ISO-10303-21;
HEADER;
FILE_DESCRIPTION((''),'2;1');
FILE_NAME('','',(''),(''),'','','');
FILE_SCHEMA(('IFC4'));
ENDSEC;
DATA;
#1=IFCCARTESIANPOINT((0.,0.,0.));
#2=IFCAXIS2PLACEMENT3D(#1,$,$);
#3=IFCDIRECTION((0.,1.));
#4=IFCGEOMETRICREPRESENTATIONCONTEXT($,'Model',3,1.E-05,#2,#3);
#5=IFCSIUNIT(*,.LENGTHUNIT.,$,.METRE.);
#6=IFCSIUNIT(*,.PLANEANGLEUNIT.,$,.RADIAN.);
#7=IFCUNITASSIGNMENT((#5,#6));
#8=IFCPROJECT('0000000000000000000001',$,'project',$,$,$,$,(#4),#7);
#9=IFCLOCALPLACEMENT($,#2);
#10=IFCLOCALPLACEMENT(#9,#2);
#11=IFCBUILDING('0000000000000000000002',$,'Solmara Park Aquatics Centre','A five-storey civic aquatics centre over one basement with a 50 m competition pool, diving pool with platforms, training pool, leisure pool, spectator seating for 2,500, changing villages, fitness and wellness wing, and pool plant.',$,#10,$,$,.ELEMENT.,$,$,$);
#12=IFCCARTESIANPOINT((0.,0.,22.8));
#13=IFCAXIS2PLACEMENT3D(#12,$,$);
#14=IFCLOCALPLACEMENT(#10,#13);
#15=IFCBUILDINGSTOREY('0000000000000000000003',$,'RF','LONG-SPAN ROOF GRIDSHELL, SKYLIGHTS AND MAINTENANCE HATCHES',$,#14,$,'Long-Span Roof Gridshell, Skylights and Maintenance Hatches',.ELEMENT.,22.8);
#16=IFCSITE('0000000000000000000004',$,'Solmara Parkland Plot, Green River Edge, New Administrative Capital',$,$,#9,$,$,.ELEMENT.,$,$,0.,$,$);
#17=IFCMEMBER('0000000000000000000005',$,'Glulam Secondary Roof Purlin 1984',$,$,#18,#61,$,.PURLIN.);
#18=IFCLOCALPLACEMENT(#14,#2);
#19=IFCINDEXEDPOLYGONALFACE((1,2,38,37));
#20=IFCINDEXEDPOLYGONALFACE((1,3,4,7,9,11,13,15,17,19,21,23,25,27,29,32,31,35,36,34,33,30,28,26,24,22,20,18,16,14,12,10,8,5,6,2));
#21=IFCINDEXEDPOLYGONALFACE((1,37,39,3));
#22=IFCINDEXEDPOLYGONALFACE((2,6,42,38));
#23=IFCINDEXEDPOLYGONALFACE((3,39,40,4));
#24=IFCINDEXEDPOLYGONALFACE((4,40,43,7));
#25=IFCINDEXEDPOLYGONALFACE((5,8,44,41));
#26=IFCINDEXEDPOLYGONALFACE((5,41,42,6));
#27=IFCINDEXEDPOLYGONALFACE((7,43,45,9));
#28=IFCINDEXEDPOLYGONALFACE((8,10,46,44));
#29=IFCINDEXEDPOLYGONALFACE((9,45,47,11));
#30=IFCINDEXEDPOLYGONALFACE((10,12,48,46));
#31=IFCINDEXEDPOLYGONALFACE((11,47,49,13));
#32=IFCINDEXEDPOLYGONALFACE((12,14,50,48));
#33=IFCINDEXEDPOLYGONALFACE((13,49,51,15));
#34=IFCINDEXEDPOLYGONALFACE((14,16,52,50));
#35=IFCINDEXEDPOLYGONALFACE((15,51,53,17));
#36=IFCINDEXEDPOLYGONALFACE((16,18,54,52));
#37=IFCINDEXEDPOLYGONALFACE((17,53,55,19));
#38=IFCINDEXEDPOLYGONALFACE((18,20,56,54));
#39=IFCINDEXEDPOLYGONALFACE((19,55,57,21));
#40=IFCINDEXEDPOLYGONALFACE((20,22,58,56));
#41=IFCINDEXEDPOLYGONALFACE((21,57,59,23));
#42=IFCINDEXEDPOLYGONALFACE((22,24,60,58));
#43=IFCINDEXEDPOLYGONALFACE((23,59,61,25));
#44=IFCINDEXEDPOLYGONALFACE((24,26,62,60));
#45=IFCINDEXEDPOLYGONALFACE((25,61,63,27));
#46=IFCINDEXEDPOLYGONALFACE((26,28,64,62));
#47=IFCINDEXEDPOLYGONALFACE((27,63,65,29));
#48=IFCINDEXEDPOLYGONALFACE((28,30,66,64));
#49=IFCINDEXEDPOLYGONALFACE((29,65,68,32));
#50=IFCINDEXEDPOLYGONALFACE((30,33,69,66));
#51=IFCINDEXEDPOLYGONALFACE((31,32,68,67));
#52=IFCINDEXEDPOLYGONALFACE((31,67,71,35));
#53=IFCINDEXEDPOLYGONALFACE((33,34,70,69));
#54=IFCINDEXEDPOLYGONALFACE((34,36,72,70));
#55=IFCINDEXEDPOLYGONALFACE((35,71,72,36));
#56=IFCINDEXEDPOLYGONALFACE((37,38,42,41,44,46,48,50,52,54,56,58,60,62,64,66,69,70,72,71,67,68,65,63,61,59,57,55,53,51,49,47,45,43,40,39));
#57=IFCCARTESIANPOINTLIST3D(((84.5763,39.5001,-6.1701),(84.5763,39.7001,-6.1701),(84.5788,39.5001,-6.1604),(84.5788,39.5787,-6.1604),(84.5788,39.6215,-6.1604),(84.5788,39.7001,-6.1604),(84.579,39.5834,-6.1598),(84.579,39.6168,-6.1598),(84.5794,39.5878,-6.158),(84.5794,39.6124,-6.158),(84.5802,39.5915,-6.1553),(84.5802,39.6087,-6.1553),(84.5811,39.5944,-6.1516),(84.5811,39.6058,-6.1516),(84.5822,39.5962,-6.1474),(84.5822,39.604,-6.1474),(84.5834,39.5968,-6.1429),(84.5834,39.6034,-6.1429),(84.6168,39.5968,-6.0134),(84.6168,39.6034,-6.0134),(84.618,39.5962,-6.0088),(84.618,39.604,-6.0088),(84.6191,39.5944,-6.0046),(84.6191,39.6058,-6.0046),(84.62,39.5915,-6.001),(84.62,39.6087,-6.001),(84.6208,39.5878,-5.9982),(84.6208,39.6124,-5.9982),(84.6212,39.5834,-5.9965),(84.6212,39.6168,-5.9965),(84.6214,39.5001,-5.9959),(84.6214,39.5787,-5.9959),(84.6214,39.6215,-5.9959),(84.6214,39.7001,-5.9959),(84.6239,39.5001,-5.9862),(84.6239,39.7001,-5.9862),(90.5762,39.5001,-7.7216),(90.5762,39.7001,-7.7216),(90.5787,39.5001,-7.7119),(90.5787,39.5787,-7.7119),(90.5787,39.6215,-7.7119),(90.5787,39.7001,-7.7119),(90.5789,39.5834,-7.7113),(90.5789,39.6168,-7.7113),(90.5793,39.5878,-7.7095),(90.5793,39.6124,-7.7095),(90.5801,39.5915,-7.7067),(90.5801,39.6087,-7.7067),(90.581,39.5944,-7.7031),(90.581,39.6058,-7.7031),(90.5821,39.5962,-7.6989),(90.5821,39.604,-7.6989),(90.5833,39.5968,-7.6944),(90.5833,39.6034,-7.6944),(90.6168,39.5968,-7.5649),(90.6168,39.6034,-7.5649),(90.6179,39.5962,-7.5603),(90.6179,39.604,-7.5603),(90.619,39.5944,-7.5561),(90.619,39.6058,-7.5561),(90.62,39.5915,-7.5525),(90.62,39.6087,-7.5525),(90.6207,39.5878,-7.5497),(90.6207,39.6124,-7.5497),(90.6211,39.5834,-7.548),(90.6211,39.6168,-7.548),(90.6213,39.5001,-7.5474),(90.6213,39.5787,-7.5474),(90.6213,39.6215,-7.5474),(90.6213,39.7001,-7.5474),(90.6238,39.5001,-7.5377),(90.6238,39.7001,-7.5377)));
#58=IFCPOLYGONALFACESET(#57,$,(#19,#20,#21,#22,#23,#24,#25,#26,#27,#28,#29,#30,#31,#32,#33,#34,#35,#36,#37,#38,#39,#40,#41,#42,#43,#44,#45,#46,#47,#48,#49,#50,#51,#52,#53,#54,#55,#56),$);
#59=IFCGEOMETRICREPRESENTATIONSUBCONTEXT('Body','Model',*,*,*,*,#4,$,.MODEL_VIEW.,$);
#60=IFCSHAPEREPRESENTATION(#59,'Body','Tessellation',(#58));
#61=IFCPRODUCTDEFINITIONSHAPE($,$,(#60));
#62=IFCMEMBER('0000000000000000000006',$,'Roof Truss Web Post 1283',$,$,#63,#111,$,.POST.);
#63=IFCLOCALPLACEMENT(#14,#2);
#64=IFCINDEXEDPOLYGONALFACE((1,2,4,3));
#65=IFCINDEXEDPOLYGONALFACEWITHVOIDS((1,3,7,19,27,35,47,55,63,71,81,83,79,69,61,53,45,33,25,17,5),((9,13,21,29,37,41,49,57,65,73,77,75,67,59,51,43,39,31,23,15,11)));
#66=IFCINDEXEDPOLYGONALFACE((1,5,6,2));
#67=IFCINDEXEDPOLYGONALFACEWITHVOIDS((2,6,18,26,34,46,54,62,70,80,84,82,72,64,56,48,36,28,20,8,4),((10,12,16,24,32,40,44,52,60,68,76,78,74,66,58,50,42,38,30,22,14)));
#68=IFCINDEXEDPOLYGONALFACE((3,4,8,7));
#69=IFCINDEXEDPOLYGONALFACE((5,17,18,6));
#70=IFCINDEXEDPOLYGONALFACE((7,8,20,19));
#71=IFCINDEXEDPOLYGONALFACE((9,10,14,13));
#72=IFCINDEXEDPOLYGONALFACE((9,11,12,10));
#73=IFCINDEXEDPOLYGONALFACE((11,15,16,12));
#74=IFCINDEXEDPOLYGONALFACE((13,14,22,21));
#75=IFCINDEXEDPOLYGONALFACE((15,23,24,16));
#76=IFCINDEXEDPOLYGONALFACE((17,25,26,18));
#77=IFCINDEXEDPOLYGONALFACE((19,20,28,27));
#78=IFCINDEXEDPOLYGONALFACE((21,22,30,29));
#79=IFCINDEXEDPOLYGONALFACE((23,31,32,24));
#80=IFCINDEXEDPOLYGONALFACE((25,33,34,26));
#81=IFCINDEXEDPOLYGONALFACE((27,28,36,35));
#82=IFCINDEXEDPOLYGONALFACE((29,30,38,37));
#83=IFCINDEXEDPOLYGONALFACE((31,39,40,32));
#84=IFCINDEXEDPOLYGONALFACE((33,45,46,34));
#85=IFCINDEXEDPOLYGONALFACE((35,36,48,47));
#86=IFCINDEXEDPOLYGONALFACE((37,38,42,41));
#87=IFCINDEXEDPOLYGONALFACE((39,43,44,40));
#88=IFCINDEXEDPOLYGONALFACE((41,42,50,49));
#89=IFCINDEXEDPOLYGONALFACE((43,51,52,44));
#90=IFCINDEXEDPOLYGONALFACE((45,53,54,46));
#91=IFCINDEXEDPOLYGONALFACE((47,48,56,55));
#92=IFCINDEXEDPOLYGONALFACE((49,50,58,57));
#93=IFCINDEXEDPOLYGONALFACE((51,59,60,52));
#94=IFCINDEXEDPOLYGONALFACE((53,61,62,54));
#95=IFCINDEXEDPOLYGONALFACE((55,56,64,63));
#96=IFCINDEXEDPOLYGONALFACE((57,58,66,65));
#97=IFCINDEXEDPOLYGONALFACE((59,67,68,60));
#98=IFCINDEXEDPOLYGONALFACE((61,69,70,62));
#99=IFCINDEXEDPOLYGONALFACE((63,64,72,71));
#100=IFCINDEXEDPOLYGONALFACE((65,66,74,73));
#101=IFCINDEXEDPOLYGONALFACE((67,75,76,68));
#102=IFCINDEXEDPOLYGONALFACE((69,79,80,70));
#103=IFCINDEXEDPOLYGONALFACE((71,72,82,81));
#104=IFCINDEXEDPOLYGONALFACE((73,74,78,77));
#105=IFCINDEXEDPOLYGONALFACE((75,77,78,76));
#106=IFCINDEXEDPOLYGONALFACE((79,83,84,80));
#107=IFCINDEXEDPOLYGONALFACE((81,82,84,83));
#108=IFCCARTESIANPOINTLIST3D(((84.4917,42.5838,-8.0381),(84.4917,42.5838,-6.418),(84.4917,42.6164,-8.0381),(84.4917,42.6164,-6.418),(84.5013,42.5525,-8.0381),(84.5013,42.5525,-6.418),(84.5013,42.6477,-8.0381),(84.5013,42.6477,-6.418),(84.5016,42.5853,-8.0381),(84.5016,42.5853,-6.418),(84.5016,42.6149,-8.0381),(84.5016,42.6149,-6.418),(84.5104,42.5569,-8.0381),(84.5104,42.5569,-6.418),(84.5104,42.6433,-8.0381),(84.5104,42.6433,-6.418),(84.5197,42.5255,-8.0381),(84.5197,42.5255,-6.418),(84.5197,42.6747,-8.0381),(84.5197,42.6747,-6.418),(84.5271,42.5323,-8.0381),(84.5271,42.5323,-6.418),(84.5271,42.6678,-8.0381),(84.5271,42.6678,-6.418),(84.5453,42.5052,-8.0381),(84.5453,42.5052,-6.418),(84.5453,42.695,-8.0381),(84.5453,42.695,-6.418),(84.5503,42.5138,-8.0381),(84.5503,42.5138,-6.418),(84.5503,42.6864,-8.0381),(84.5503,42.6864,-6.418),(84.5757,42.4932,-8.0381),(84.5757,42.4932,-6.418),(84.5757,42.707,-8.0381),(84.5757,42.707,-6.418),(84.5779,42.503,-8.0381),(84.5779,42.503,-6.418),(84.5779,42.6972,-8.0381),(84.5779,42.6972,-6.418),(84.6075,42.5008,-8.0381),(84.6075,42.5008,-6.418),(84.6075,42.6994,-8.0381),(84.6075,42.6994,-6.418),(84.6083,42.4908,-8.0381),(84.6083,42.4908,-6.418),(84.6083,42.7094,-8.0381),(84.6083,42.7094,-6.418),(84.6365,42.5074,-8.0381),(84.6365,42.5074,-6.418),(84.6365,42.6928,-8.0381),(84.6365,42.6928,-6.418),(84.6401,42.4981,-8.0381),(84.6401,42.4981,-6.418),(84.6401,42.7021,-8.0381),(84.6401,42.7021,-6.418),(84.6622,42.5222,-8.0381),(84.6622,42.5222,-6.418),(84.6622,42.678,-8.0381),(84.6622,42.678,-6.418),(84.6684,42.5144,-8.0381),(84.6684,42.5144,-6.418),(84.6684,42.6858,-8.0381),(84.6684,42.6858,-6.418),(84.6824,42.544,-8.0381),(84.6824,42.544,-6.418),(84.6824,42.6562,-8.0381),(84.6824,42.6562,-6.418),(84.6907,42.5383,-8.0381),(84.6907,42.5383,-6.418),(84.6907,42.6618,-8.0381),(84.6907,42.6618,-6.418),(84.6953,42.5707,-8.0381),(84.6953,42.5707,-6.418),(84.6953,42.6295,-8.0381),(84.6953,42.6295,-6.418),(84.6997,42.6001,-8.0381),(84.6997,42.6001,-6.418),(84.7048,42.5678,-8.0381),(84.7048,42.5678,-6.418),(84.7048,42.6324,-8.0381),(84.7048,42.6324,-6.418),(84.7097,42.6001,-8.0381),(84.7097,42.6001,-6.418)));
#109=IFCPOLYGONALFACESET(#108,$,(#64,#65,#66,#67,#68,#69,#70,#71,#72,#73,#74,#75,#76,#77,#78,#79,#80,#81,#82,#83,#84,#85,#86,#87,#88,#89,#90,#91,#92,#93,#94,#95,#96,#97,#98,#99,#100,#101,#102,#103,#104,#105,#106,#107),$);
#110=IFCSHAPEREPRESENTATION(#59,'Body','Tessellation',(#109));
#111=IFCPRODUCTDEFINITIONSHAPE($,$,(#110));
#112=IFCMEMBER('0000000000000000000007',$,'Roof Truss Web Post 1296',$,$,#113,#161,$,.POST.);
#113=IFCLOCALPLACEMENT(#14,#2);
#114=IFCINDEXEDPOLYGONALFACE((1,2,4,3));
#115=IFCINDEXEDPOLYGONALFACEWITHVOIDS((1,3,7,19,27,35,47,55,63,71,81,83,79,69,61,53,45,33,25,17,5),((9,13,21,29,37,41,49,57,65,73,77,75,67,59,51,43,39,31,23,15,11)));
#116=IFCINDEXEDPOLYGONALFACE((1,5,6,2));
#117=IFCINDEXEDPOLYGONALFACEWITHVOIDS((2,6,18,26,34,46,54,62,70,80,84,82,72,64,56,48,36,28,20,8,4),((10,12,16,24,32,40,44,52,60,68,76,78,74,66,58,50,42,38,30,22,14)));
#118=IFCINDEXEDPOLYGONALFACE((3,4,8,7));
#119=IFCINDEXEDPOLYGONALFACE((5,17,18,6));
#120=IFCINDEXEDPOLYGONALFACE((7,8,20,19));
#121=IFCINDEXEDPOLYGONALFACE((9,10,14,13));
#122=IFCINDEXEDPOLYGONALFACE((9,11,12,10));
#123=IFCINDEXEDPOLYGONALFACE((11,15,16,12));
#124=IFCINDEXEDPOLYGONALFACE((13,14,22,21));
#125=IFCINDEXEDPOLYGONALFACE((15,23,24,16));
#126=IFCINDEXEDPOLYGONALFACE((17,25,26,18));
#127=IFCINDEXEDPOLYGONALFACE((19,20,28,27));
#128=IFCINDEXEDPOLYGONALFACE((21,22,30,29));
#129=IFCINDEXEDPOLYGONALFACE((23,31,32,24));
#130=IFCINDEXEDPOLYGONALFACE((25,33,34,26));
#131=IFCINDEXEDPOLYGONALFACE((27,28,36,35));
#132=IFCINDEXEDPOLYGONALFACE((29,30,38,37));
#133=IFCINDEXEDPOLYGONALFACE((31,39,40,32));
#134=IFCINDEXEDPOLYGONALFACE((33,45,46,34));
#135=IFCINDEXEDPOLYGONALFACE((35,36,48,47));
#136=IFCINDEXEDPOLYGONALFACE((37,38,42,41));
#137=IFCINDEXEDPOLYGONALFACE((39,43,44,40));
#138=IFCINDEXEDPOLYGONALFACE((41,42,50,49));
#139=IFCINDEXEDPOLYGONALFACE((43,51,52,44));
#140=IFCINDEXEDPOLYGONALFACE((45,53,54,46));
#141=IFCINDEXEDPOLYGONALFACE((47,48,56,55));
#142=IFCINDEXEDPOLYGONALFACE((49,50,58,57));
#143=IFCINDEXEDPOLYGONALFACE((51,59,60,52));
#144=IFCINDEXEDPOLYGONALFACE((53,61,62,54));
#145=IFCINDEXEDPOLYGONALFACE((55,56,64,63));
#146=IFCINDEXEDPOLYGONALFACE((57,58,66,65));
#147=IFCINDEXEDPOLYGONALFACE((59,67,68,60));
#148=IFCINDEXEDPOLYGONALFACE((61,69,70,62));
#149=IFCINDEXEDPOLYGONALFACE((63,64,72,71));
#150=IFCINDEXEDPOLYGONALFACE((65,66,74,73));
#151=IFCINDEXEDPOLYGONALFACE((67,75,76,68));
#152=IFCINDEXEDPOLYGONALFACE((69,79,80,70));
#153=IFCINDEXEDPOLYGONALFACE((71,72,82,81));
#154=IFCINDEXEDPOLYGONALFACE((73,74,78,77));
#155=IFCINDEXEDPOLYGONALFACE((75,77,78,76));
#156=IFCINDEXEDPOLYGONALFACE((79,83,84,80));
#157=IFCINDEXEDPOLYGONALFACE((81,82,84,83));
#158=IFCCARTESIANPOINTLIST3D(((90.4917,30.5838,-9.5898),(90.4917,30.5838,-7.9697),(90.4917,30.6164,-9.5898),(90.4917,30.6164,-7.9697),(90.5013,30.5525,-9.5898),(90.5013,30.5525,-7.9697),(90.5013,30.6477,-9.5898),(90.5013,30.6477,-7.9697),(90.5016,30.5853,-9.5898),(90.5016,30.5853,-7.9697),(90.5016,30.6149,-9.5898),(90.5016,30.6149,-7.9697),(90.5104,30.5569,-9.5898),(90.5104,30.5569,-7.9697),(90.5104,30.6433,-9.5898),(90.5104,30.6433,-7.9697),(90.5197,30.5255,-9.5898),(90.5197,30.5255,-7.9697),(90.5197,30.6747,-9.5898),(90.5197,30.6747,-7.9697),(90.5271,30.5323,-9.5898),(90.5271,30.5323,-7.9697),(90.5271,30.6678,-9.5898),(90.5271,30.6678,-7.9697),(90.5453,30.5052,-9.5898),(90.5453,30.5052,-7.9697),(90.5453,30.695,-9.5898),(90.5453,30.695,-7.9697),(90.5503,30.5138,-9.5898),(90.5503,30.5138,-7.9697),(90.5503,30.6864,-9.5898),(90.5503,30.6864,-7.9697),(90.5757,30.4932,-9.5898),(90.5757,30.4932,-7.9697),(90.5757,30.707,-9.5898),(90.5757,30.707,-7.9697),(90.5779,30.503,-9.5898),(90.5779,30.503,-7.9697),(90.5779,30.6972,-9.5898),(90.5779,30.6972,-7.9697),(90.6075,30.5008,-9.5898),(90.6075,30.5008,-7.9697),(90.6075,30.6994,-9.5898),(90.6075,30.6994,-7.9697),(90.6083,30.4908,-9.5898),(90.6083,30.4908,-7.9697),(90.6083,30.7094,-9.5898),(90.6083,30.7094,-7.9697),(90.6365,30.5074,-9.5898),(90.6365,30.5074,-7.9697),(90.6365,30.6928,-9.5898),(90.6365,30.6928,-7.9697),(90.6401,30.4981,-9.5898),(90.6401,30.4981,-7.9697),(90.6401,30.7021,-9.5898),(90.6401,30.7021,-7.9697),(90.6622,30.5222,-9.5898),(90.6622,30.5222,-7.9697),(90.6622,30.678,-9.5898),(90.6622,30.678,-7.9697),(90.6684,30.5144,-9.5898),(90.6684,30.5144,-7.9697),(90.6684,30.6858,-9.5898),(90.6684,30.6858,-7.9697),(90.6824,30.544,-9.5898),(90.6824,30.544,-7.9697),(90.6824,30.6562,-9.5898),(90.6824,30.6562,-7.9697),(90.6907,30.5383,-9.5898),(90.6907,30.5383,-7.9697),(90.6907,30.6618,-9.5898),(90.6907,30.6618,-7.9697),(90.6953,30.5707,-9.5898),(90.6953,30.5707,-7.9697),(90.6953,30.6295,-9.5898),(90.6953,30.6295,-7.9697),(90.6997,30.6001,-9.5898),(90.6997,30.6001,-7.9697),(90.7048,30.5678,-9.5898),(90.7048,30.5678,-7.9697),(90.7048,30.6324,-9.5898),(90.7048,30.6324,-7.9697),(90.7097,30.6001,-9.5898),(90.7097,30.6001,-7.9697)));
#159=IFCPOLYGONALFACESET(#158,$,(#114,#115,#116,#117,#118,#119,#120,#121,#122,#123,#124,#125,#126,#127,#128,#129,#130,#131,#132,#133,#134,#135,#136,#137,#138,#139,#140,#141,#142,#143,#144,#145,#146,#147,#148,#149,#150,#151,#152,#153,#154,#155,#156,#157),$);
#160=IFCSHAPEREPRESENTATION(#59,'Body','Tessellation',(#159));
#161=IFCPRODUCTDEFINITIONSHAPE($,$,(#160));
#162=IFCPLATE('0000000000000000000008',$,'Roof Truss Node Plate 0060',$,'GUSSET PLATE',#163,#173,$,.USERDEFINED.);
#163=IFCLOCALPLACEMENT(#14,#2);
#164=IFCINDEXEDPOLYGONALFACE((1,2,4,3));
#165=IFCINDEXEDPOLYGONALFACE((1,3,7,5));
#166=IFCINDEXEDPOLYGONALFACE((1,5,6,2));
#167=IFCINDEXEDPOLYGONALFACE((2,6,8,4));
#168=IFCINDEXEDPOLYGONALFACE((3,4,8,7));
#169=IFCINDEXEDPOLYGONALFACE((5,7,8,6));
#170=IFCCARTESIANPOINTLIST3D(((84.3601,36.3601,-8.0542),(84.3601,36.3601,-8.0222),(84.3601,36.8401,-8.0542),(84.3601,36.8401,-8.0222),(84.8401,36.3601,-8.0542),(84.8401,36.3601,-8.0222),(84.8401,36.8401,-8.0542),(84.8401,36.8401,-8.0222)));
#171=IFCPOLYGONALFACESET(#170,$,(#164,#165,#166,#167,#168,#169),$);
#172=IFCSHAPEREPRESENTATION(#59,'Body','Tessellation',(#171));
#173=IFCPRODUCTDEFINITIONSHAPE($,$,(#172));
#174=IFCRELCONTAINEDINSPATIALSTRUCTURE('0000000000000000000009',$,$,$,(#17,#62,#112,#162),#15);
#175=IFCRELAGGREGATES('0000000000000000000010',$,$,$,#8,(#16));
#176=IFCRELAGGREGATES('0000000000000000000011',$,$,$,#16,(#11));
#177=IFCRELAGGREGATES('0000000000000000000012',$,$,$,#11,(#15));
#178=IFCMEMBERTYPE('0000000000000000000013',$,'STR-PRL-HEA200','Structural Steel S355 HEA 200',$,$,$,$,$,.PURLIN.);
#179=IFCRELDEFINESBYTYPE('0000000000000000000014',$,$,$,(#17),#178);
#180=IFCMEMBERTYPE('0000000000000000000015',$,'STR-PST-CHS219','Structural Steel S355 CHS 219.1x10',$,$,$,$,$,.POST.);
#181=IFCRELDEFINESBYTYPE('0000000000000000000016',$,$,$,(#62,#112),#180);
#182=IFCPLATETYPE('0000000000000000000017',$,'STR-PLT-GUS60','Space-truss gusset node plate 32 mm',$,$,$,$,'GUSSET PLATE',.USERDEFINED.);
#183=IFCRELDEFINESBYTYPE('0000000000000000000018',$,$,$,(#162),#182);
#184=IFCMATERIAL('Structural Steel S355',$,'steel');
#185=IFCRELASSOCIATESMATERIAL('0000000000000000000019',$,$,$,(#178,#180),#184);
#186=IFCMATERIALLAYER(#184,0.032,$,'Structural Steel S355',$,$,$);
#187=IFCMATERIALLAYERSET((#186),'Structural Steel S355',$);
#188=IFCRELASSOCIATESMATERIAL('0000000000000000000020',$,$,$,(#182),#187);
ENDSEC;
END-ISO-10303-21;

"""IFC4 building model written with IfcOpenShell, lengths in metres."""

from ifc_helpers import new_model, si_unit, direction, frame, origin, origin_2d, place, context, subcontext, project, spatial, rectangle, hollow_circle, i_section, extrude, material, layer, layer_set, material_profile, profile_set, type_object, element, save


model = new_model("IFC4")

# Units and contexts
model_context = context("Model", 3, precision=1e-05, world=origin(), true_north=direction((0.0, 1.0)))
body_context = subcontext(model_context, "Body", "Model", "MODEL_VIEW")
ifc_project = project(units=[si_unit("LENGTHUNIT", "METRE"), si_unit("PLANEANGLEUNIT", "RADIAN")], contexts=[model_context])

# Site, building, storey
site_placement = place(None, origin())
site = spatial("IfcSite", under=ifc_project, at=site_placement, Name="Solmara Parkland Plot, Green River Edge, New Administrative Capital", CompositionType="ELEMENT", RefElevation=0.0)
building_placement = place(site_placement, origin())
building = spatial("IfcBuilding", under=site, at=building_placement, Name="Solmara Park Aquatics Centre", Description="A five-storey civic aquatics centre over one basement with a 50 m competition pool, diving pool with platforms, training pool, leisure pool, spectator seating for 2,500, changing villages, fitness and wellness wing, and pool plant.", CompositionType="ELEMENT")
storey_placement = place(building_placement, frame((0.0, 0.0, 22.8)))
storey = spatial("IfcBuildingStorey", under=building, at=storey_placement, Name="RF", Description="LONG-SPAN ROOF GRIDSHELL, SKYLIGHTS AND MAINTENANCE HATCHES", LongName="Long-Span Roof Gridshell, Skylights and Maintenance Hatches", CompositionType="ELEMENT", Elevation=22.8)

# Members
ifc_material_1 = material(Name="Structural Steel S355", Category="steel")
ifc_material_profile_1 = material_profile(ifc_material_1, i_section(OverallWidth=0.2, OverallDepth=0.1899, WebThickness=0.0066, FlangeThickness=0.01, FilletRadius=0.0181, at=origin_2d()), Name="HEA 200")
ifc_profile_set_1 = profile_set([ifc_material_profile_1], Name="Structural Steel S355")
member_type_1 = type_object("IfcMemberType", Name="STR-PRL-HEA200", Description="Structural Steel S355 HEA 200", PredefinedType="PURLIN", material=ifc_profile_set_1)
member_1_placement = place(storey_placement, frame((84.6001, 39.6001, -6.0781), z_axis=(0.968155, 0.0, -0.250351), x_axis=(0.0, 1.0, 0.0)))
element("IfcMember", 1, at=member_1_placement, inside=storey, type_object=member_type_1, Name="Glulam Secondary Roof Purlin 1984", PredefinedType="PURLIN", context=body_context, shape_type="SweptSolid", body=[
    extrude(i_section(OverallWidth=0.2, OverallDepth=0.1899, WebThickness=0.0066, FlangeThickness=0.01, FilletRadius=0.0181, at=origin_2d()), origin(), (0.0, 0.0, 1.0), 6.1973),
])
ifc_material_profile_2 = material_profile(ifc_material_1, hollow_circle(Radius=0.1096, WallThickness=0.01, at=origin_2d()), Name="CHS 219.1x10")
ifc_profile_set_2 = profile_set([ifc_material_profile_2], Name="Structural Steel S355")
member_type_2 = type_object("IfcMemberType", Name="STR-PST-CHS219", Description="Structural Steel S355 CHS 219.1x10", PredefinedType="POST", material=ifc_profile_set_2)
for number, where, z_axis, x_axis, name in (
    (2, (84.6001, 42.6001, -8.0381), (0.0, 0.0, 1.0), (1.0, 0.0, 0.0), "Roof Truss Web Post 1283"),
    (3, (90.6001, 30.6001, -9.5898), (0.0, 0.0, 1.0), (1.0, 0.0, 0.0), "Roof Truss Web Post 1296"),
):
    element("IfcMember", number, at=place(storey_placement, frame(where, z_axis=z_axis, x_axis=x_axis)), inside=storey, type_object=member_type_2, Name=name, PredefinedType="POST", context=body_context, shape_type="SweptSolid", body=[
        extrude(hollow_circle(Radius=0.1096, WallThickness=0.01, at=origin_2d()), origin(), (0.0, 0.0, 1.0), 1.6201),
    ])

# Plate
ifc_layer = layer(ifc_material_1, 0.032, Name="Structural Steel S355")
ifc_layer_set = layer_set([ifc_layer], Name="Structural Steel S355")
plate_type = type_object("IfcPlateType", Name="STR-PLT-GUS60", Description="Space-truss gusset node plate 32 mm", ElementType="GUSSET PLATE", PredefinedType="USERDEFINED", material=ifc_layer_set)
plate_placement = place(storey_placement, frame((84.6001, 36.6001, -8.0542), z_axis=(0.0, 0.0, 1.0), x_axis=(1.0, 0.0, 0.0)))
element("IfcPlate", 4, at=plate_placement, inside=storey, type_object=plate_type, Name="Roof Truss Node Plate 0060", ObjectType="GUSSET PLATE", PredefinedType="USERDEFINED", context=body_context, shape_type="SweptSolid", body=[
    extrude(rectangle(XDim=0.48, YDim=0.48, at=origin_2d()), origin(), (0.0, 0.0, 1.0), 0.032),
])

save(model, "model.ifc")
